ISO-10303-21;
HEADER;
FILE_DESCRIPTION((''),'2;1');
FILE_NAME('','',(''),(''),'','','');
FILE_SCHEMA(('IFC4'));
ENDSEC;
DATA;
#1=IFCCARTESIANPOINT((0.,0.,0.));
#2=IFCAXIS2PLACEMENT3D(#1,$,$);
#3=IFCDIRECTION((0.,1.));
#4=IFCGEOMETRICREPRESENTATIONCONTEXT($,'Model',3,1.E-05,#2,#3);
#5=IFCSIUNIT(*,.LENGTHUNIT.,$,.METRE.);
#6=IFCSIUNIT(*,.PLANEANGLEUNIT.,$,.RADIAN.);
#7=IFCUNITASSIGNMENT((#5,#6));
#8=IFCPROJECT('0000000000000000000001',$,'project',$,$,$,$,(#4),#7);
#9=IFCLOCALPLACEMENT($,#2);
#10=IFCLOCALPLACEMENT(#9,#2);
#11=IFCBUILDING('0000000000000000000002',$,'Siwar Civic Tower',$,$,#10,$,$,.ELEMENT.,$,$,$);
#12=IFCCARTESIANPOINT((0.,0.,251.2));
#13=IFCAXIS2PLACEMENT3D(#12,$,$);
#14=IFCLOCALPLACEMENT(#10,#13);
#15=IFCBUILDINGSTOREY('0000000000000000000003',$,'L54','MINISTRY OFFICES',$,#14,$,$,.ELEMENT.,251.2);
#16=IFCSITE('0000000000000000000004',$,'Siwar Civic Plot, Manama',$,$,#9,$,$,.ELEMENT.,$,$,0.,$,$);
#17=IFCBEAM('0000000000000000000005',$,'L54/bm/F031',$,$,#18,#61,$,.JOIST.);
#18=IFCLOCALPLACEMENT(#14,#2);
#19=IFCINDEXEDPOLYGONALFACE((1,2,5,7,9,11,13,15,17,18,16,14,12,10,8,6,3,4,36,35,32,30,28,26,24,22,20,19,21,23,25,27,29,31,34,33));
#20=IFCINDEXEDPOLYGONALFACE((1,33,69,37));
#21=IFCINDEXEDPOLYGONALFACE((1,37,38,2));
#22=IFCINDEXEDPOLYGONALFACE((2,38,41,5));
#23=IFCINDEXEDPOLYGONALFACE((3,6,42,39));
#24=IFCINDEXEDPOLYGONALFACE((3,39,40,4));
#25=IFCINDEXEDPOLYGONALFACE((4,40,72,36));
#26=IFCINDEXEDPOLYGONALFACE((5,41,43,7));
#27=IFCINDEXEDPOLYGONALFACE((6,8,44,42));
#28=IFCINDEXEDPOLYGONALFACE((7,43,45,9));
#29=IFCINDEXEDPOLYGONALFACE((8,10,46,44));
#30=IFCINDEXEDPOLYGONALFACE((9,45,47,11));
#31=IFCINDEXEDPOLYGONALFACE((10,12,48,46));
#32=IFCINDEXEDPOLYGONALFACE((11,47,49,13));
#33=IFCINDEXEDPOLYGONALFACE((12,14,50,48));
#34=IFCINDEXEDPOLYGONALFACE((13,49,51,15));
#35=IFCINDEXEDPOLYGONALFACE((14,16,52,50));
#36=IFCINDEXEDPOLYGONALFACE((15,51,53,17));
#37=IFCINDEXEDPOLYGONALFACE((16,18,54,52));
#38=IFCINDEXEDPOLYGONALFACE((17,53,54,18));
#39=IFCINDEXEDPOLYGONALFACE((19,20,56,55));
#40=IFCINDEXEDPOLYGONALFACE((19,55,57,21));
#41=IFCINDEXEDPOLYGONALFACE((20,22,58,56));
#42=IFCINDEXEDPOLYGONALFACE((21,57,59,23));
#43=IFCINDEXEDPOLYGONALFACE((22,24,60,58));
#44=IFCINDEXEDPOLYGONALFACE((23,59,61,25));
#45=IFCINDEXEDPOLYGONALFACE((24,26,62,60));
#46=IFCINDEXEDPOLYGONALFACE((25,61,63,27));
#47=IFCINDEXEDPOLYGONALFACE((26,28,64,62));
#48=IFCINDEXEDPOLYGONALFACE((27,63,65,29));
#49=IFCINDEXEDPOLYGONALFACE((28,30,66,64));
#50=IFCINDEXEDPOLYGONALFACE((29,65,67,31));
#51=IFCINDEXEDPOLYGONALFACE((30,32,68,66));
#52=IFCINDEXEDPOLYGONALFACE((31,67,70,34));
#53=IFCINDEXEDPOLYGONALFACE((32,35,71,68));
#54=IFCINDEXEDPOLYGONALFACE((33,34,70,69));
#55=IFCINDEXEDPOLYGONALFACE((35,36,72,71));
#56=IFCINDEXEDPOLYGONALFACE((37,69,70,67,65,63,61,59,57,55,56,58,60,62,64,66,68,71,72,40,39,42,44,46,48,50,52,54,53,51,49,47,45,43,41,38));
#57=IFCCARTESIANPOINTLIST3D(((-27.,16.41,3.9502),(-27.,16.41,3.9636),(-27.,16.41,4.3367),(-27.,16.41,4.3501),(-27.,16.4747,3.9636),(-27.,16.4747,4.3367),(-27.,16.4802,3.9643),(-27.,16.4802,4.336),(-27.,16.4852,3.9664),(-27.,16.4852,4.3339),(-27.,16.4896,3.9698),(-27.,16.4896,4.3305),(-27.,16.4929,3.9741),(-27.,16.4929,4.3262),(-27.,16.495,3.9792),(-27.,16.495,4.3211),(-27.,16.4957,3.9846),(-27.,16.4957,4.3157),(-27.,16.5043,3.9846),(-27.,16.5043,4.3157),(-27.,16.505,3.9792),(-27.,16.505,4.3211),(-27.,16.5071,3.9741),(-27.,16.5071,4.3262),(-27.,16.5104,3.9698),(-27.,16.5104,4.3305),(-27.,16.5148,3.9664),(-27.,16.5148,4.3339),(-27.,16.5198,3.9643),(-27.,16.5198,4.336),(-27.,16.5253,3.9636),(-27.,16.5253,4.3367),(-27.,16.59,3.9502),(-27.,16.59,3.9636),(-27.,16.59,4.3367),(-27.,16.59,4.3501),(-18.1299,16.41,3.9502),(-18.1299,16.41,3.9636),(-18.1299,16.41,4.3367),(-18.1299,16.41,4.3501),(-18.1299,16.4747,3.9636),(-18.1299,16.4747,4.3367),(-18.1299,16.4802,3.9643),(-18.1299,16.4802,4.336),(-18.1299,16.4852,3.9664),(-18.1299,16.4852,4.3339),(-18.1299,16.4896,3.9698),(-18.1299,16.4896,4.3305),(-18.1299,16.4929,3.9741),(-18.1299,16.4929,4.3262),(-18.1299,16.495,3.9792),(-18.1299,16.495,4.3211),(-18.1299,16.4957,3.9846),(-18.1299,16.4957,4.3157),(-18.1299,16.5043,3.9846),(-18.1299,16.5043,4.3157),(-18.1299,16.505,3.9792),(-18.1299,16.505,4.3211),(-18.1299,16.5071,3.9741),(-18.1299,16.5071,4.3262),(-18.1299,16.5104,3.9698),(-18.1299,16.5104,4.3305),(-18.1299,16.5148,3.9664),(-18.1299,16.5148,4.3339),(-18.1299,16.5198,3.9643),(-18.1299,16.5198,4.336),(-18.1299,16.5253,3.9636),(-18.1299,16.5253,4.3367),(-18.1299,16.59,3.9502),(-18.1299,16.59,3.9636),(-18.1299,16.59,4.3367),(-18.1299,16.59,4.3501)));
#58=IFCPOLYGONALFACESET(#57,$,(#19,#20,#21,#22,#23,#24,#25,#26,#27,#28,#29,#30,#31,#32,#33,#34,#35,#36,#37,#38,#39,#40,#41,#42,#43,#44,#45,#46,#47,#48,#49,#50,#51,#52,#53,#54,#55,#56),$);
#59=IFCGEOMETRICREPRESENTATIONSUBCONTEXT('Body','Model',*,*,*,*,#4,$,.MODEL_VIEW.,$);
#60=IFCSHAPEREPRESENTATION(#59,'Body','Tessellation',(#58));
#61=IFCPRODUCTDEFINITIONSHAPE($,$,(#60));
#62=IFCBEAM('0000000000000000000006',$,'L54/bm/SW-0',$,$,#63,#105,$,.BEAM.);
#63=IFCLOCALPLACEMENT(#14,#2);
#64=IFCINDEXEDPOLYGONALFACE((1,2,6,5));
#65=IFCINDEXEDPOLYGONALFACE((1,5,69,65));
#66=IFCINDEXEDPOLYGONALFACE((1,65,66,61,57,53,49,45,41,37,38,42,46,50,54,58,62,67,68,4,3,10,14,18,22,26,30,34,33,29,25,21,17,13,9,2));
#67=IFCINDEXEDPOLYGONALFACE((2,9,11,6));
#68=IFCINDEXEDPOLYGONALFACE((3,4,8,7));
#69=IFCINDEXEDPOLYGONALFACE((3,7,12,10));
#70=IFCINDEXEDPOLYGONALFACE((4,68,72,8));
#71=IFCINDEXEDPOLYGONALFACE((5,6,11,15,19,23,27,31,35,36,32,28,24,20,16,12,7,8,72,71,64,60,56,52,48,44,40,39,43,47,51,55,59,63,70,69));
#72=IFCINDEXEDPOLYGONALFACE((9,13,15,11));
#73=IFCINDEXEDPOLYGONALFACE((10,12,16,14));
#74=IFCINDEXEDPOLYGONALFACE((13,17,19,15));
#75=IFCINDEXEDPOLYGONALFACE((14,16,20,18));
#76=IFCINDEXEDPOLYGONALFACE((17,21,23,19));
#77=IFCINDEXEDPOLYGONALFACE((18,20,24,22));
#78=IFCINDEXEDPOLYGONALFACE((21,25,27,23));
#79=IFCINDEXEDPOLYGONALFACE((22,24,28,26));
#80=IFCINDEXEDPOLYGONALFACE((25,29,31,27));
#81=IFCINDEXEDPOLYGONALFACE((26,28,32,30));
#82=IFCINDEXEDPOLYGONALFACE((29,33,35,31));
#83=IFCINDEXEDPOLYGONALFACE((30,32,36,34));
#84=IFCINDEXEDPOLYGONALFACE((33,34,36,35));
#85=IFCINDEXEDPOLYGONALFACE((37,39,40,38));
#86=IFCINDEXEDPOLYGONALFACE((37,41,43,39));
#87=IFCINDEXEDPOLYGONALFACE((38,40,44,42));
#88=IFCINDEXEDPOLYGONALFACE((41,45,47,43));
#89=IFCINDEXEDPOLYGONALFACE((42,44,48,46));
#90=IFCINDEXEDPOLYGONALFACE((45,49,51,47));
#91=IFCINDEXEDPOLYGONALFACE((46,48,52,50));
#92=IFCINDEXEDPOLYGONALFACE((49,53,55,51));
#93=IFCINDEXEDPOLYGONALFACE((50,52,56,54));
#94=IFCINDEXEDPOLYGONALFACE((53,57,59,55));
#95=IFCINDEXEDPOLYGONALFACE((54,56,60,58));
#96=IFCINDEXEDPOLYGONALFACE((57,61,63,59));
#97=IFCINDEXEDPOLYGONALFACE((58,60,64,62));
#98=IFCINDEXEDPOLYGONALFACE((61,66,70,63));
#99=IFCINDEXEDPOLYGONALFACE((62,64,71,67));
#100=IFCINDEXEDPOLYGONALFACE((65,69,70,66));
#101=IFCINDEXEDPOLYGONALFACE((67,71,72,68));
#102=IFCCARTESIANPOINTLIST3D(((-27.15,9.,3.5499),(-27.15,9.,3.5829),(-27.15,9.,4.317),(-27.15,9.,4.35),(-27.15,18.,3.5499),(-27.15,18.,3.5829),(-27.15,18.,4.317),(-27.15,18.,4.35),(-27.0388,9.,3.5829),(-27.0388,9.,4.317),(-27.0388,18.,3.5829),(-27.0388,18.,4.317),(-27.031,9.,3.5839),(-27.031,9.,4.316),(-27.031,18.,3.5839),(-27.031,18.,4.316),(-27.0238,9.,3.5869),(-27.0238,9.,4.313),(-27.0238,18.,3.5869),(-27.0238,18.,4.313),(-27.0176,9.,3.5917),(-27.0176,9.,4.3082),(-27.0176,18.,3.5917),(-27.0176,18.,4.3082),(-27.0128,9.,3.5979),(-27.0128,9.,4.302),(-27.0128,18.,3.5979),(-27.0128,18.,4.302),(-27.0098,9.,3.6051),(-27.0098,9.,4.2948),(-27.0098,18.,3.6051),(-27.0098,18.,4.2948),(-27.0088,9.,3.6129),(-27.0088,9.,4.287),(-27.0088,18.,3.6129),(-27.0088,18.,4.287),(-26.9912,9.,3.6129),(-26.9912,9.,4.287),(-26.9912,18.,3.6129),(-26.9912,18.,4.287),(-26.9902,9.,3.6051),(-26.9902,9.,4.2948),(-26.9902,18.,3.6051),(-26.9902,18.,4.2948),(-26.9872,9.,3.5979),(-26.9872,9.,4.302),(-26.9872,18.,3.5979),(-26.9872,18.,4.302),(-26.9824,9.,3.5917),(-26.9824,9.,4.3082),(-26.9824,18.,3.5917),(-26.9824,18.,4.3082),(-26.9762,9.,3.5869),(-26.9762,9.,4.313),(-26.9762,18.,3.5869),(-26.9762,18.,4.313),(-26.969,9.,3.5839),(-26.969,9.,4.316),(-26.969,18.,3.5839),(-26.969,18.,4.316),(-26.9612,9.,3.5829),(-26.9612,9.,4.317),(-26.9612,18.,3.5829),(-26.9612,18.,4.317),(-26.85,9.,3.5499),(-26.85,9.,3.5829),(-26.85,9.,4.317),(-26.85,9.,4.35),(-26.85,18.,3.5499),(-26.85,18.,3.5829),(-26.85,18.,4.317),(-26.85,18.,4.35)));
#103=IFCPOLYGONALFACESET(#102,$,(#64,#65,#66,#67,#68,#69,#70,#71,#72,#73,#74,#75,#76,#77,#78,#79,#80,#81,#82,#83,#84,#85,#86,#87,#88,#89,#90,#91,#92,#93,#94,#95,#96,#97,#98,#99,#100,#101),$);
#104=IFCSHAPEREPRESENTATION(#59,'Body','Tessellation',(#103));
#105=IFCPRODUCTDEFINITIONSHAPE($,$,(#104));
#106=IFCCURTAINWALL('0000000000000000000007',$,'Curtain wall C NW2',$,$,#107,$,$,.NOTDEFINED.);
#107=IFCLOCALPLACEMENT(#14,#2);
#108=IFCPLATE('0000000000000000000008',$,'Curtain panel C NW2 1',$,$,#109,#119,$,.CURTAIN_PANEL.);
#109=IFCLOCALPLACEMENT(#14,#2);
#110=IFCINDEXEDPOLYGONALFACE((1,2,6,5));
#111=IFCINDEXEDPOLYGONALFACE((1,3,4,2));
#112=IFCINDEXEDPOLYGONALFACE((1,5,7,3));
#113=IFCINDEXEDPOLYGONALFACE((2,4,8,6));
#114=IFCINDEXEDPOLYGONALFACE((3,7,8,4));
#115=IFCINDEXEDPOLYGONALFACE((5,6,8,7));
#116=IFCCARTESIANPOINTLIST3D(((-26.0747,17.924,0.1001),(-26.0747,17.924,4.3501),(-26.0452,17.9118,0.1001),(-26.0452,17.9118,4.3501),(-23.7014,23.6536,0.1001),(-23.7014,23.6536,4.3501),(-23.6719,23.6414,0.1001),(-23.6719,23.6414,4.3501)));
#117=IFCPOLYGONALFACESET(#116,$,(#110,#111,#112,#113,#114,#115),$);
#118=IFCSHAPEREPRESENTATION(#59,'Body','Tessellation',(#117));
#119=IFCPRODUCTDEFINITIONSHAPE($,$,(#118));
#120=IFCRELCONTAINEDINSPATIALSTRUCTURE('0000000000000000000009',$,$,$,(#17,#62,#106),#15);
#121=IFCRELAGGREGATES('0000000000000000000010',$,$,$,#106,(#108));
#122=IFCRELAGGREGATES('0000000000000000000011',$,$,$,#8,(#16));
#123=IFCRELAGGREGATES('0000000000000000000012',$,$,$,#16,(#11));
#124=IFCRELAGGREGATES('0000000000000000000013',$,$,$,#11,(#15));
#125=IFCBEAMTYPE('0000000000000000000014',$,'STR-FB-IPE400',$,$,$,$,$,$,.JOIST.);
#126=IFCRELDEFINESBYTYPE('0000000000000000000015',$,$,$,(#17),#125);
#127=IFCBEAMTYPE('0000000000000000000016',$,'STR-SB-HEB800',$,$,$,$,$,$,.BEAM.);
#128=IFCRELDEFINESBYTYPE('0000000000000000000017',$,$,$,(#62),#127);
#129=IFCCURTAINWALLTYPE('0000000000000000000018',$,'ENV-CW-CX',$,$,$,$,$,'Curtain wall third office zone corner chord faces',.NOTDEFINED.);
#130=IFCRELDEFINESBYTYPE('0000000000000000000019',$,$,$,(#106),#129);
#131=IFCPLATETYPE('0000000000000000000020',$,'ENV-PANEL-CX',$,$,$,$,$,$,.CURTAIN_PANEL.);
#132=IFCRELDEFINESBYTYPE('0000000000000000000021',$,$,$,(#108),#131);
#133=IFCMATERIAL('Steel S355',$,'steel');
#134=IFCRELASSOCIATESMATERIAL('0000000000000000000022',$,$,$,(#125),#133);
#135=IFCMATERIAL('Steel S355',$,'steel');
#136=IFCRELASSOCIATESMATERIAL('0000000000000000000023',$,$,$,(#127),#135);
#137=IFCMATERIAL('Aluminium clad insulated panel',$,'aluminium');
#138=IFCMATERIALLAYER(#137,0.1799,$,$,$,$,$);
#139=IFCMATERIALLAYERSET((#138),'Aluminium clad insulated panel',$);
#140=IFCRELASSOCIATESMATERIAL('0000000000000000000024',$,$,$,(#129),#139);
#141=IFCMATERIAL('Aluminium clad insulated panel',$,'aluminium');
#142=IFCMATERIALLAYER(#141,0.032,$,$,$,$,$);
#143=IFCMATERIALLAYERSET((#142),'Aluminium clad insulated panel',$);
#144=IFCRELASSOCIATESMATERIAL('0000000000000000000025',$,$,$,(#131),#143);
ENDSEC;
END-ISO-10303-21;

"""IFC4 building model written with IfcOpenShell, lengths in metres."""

from ifc_helpers import new_model, si_unit, direction, frame, origin, origin_2d, place, context, subcontext, project, spatial, rectangle, i_section, extrude, material, layer, layer_set, material_profile, profile_set, type_object, element, aggregate, save


model = new_model("IFC4")

# Units and contexts
model_context = context("Model", 3, precision=1e-05, world=origin(), true_north=direction((0.0, 1.0)))
body_context = subcontext(model_context, "Body", "Model", "MODEL_VIEW")
ifc_project = project(units=[si_unit("LENGTHUNIT", "METRE"), si_unit("PLANEANGLEUNIT", "RADIAN")], contexts=[model_context])

# Site, building, storey
site_placement = place(None, origin())
site = spatial("IfcSite", under=ifc_project, at=site_placement, Name="Siwar Civic Plot, Manama", CompositionType="ELEMENT", RefElevation=0.0)
building_placement = place(site_placement, origin())
building = spatial("IfcBuilding", under=site, at=building_placement, Name="Siwar Civic Tower", CompositionType="ELEMENT")
storey_placement = place(building_placement, frame((0.0, 0.0, 251.2)))
storey = spatial("IfcBuildingStorey", under=building, at=storey_placement, Name="L54", Description="MINISTRY OFFICES", CompositionType="ELEMENT", Elevation=251.2)

# Beams
ifc_material_1 = material(Name="Steel S355", Category="steel")
ifc_material_profile_1 = material_profile(ifc_material_1, i_section(OverallWidth=0.1799, OverallDepth=0.3999, WebThickness=0.0085, FlangeThickness=0.0134, FilletRadius=0.021, at=origin_2d()), Name="IPE400")
ifc_profile_set_1 = profile_set([ifc_material_profile_1], Name="Steel S355")
beam_type_1 = type_object("IfcBeamType", Name="STR-FB-IPE400", PredefinedType="JOIST", material=ifc_profile_set_1)
beam_1_placement = place(storey_placement, frame((-27.0, 16.5, 4.1501), z_axis=(1.0, 0.0, 0.0), x_axis=(0.0, 1.0, 0.0)))
element("IfcBeam", 1, at=beam_1_placement, inside=storey, type_object=beam_type_1, Name="L54/bm/F031", PredefinedType="JOIST", context=body_context, shape_type="SweptSolid", body=[
    extrude(i_section(OverallWidth=0.1799, OverallDepth=0.3999, WebThickness=0.0085, FlangeThickness=0.0134, FilletRadius=0.021, at=origin_2d()), origin(), (0.0, 0.0, 1.0), 8.8701),
])
ifc_material_2 = material(Name="Steel S355", Category="steel")
ifc_material_profile_2 = material_profile(ifc_material_2, i_section(OverallWidth=0.3, OverallDepth=0.8, WebThickness=0.0176, FlangeThickness=0.033, FilletRadius=0.03, at=origin_2d()), Name="HEB800")
ifc_profile_set_2 = profile_set([ifc_material_profile_2], Name="Steel S355")
beam_type_2 = type_object("IfcBeamType", Name="STR-SB-HEB800", PredefinedType="BEAM", material=ifc_profile_set_2)
beam_2_placement = place(storey_placement, frame((-27.0, 18.0, 3.95), z_axis=(0.0, -1.0, 0.0), x_axis=(1.0, 0.0, 0.0)))
element("IfcBeam", 2, at=beam_2_placement, inside=storey, type_object=beam_type_2, Name="L54/bm/SW-0", PredefinedType="BEAM", context=body_context, shape_type="SweptSolid", body=[
    extrude(i_section(OverallWidth=0.3, OverallDepth=0.8, WebThickness=0.0176, FlangeThickness=0.033, FilletRadius=0.03, at=origin_2d()), origin(), (0.0, 0.0, 1.0), 9.0),
])

# Curtain wall, plate
ifc_material_3 = material(Name="Aluminium clad insulated panel", Category="aluminium")
ifc_layer_1 = layer(ifc_material_3, 0.1799)
ifc_layer_set_1 = layer_set([ifc_layer_1], Name="Aluminium clad insulated panel")
curtain_wall_type_1 = type_object("IfcCurtainWallType", Name="ENV-CW-CX", ElementType="Curtain wall third office zone corner chord faces", PredefinedType="NOTDEFINED", material=ifc_layer_set_1)
curtain_wall_1_placement = place(storey_placement, origin())
curtain_wall_1 = element("IfcCurtainWall", 3, at=curtain_wall_1_placement, inside=storey, type_object=curtain_wall_type_1, Name="Curtain wall C NW2", PredefinedType="NOTDEFINED")
ifc_material_4 = material(Name="Aluminium clad insulated panel", Category="aluminium")
ifc_layer_2 = layer(ifc_material_4, 0.032)
ifc_layer_set_2 = layer_set([ifc_layer_2], Name="Aluminium clad insulated panel")
plate_type = type_object("IfcPlateType", Name="ENV-PANEL-CX", PredefinedType="CURTAIN_PANEL", material=ifc_layer_set_2)
plate_placement = place(storey_placement, frame((-24.8733, 20.7827, 0.1001), z_axis=(0.0, 0.0, 1.0), x_axis=(-0.382683, -0.92388, 0.0)))
plate = element("IfcPlate", 4, at=plate_placement, type_object=plate_type, Name="Curtain panel C NW2 1", PredefinedType="CURTAIN_PANEL", context=body_context, shape_type="SweptSolid", body=[
    extrude(rectangle(XDim=6.2017, YDim=0.032, at=origin_2d()), origin(), (0.0, 0.0, 1.0), 4.25),
])
aggregate(curtain_wall_1, [plate])

save(model, "model.ifc")
